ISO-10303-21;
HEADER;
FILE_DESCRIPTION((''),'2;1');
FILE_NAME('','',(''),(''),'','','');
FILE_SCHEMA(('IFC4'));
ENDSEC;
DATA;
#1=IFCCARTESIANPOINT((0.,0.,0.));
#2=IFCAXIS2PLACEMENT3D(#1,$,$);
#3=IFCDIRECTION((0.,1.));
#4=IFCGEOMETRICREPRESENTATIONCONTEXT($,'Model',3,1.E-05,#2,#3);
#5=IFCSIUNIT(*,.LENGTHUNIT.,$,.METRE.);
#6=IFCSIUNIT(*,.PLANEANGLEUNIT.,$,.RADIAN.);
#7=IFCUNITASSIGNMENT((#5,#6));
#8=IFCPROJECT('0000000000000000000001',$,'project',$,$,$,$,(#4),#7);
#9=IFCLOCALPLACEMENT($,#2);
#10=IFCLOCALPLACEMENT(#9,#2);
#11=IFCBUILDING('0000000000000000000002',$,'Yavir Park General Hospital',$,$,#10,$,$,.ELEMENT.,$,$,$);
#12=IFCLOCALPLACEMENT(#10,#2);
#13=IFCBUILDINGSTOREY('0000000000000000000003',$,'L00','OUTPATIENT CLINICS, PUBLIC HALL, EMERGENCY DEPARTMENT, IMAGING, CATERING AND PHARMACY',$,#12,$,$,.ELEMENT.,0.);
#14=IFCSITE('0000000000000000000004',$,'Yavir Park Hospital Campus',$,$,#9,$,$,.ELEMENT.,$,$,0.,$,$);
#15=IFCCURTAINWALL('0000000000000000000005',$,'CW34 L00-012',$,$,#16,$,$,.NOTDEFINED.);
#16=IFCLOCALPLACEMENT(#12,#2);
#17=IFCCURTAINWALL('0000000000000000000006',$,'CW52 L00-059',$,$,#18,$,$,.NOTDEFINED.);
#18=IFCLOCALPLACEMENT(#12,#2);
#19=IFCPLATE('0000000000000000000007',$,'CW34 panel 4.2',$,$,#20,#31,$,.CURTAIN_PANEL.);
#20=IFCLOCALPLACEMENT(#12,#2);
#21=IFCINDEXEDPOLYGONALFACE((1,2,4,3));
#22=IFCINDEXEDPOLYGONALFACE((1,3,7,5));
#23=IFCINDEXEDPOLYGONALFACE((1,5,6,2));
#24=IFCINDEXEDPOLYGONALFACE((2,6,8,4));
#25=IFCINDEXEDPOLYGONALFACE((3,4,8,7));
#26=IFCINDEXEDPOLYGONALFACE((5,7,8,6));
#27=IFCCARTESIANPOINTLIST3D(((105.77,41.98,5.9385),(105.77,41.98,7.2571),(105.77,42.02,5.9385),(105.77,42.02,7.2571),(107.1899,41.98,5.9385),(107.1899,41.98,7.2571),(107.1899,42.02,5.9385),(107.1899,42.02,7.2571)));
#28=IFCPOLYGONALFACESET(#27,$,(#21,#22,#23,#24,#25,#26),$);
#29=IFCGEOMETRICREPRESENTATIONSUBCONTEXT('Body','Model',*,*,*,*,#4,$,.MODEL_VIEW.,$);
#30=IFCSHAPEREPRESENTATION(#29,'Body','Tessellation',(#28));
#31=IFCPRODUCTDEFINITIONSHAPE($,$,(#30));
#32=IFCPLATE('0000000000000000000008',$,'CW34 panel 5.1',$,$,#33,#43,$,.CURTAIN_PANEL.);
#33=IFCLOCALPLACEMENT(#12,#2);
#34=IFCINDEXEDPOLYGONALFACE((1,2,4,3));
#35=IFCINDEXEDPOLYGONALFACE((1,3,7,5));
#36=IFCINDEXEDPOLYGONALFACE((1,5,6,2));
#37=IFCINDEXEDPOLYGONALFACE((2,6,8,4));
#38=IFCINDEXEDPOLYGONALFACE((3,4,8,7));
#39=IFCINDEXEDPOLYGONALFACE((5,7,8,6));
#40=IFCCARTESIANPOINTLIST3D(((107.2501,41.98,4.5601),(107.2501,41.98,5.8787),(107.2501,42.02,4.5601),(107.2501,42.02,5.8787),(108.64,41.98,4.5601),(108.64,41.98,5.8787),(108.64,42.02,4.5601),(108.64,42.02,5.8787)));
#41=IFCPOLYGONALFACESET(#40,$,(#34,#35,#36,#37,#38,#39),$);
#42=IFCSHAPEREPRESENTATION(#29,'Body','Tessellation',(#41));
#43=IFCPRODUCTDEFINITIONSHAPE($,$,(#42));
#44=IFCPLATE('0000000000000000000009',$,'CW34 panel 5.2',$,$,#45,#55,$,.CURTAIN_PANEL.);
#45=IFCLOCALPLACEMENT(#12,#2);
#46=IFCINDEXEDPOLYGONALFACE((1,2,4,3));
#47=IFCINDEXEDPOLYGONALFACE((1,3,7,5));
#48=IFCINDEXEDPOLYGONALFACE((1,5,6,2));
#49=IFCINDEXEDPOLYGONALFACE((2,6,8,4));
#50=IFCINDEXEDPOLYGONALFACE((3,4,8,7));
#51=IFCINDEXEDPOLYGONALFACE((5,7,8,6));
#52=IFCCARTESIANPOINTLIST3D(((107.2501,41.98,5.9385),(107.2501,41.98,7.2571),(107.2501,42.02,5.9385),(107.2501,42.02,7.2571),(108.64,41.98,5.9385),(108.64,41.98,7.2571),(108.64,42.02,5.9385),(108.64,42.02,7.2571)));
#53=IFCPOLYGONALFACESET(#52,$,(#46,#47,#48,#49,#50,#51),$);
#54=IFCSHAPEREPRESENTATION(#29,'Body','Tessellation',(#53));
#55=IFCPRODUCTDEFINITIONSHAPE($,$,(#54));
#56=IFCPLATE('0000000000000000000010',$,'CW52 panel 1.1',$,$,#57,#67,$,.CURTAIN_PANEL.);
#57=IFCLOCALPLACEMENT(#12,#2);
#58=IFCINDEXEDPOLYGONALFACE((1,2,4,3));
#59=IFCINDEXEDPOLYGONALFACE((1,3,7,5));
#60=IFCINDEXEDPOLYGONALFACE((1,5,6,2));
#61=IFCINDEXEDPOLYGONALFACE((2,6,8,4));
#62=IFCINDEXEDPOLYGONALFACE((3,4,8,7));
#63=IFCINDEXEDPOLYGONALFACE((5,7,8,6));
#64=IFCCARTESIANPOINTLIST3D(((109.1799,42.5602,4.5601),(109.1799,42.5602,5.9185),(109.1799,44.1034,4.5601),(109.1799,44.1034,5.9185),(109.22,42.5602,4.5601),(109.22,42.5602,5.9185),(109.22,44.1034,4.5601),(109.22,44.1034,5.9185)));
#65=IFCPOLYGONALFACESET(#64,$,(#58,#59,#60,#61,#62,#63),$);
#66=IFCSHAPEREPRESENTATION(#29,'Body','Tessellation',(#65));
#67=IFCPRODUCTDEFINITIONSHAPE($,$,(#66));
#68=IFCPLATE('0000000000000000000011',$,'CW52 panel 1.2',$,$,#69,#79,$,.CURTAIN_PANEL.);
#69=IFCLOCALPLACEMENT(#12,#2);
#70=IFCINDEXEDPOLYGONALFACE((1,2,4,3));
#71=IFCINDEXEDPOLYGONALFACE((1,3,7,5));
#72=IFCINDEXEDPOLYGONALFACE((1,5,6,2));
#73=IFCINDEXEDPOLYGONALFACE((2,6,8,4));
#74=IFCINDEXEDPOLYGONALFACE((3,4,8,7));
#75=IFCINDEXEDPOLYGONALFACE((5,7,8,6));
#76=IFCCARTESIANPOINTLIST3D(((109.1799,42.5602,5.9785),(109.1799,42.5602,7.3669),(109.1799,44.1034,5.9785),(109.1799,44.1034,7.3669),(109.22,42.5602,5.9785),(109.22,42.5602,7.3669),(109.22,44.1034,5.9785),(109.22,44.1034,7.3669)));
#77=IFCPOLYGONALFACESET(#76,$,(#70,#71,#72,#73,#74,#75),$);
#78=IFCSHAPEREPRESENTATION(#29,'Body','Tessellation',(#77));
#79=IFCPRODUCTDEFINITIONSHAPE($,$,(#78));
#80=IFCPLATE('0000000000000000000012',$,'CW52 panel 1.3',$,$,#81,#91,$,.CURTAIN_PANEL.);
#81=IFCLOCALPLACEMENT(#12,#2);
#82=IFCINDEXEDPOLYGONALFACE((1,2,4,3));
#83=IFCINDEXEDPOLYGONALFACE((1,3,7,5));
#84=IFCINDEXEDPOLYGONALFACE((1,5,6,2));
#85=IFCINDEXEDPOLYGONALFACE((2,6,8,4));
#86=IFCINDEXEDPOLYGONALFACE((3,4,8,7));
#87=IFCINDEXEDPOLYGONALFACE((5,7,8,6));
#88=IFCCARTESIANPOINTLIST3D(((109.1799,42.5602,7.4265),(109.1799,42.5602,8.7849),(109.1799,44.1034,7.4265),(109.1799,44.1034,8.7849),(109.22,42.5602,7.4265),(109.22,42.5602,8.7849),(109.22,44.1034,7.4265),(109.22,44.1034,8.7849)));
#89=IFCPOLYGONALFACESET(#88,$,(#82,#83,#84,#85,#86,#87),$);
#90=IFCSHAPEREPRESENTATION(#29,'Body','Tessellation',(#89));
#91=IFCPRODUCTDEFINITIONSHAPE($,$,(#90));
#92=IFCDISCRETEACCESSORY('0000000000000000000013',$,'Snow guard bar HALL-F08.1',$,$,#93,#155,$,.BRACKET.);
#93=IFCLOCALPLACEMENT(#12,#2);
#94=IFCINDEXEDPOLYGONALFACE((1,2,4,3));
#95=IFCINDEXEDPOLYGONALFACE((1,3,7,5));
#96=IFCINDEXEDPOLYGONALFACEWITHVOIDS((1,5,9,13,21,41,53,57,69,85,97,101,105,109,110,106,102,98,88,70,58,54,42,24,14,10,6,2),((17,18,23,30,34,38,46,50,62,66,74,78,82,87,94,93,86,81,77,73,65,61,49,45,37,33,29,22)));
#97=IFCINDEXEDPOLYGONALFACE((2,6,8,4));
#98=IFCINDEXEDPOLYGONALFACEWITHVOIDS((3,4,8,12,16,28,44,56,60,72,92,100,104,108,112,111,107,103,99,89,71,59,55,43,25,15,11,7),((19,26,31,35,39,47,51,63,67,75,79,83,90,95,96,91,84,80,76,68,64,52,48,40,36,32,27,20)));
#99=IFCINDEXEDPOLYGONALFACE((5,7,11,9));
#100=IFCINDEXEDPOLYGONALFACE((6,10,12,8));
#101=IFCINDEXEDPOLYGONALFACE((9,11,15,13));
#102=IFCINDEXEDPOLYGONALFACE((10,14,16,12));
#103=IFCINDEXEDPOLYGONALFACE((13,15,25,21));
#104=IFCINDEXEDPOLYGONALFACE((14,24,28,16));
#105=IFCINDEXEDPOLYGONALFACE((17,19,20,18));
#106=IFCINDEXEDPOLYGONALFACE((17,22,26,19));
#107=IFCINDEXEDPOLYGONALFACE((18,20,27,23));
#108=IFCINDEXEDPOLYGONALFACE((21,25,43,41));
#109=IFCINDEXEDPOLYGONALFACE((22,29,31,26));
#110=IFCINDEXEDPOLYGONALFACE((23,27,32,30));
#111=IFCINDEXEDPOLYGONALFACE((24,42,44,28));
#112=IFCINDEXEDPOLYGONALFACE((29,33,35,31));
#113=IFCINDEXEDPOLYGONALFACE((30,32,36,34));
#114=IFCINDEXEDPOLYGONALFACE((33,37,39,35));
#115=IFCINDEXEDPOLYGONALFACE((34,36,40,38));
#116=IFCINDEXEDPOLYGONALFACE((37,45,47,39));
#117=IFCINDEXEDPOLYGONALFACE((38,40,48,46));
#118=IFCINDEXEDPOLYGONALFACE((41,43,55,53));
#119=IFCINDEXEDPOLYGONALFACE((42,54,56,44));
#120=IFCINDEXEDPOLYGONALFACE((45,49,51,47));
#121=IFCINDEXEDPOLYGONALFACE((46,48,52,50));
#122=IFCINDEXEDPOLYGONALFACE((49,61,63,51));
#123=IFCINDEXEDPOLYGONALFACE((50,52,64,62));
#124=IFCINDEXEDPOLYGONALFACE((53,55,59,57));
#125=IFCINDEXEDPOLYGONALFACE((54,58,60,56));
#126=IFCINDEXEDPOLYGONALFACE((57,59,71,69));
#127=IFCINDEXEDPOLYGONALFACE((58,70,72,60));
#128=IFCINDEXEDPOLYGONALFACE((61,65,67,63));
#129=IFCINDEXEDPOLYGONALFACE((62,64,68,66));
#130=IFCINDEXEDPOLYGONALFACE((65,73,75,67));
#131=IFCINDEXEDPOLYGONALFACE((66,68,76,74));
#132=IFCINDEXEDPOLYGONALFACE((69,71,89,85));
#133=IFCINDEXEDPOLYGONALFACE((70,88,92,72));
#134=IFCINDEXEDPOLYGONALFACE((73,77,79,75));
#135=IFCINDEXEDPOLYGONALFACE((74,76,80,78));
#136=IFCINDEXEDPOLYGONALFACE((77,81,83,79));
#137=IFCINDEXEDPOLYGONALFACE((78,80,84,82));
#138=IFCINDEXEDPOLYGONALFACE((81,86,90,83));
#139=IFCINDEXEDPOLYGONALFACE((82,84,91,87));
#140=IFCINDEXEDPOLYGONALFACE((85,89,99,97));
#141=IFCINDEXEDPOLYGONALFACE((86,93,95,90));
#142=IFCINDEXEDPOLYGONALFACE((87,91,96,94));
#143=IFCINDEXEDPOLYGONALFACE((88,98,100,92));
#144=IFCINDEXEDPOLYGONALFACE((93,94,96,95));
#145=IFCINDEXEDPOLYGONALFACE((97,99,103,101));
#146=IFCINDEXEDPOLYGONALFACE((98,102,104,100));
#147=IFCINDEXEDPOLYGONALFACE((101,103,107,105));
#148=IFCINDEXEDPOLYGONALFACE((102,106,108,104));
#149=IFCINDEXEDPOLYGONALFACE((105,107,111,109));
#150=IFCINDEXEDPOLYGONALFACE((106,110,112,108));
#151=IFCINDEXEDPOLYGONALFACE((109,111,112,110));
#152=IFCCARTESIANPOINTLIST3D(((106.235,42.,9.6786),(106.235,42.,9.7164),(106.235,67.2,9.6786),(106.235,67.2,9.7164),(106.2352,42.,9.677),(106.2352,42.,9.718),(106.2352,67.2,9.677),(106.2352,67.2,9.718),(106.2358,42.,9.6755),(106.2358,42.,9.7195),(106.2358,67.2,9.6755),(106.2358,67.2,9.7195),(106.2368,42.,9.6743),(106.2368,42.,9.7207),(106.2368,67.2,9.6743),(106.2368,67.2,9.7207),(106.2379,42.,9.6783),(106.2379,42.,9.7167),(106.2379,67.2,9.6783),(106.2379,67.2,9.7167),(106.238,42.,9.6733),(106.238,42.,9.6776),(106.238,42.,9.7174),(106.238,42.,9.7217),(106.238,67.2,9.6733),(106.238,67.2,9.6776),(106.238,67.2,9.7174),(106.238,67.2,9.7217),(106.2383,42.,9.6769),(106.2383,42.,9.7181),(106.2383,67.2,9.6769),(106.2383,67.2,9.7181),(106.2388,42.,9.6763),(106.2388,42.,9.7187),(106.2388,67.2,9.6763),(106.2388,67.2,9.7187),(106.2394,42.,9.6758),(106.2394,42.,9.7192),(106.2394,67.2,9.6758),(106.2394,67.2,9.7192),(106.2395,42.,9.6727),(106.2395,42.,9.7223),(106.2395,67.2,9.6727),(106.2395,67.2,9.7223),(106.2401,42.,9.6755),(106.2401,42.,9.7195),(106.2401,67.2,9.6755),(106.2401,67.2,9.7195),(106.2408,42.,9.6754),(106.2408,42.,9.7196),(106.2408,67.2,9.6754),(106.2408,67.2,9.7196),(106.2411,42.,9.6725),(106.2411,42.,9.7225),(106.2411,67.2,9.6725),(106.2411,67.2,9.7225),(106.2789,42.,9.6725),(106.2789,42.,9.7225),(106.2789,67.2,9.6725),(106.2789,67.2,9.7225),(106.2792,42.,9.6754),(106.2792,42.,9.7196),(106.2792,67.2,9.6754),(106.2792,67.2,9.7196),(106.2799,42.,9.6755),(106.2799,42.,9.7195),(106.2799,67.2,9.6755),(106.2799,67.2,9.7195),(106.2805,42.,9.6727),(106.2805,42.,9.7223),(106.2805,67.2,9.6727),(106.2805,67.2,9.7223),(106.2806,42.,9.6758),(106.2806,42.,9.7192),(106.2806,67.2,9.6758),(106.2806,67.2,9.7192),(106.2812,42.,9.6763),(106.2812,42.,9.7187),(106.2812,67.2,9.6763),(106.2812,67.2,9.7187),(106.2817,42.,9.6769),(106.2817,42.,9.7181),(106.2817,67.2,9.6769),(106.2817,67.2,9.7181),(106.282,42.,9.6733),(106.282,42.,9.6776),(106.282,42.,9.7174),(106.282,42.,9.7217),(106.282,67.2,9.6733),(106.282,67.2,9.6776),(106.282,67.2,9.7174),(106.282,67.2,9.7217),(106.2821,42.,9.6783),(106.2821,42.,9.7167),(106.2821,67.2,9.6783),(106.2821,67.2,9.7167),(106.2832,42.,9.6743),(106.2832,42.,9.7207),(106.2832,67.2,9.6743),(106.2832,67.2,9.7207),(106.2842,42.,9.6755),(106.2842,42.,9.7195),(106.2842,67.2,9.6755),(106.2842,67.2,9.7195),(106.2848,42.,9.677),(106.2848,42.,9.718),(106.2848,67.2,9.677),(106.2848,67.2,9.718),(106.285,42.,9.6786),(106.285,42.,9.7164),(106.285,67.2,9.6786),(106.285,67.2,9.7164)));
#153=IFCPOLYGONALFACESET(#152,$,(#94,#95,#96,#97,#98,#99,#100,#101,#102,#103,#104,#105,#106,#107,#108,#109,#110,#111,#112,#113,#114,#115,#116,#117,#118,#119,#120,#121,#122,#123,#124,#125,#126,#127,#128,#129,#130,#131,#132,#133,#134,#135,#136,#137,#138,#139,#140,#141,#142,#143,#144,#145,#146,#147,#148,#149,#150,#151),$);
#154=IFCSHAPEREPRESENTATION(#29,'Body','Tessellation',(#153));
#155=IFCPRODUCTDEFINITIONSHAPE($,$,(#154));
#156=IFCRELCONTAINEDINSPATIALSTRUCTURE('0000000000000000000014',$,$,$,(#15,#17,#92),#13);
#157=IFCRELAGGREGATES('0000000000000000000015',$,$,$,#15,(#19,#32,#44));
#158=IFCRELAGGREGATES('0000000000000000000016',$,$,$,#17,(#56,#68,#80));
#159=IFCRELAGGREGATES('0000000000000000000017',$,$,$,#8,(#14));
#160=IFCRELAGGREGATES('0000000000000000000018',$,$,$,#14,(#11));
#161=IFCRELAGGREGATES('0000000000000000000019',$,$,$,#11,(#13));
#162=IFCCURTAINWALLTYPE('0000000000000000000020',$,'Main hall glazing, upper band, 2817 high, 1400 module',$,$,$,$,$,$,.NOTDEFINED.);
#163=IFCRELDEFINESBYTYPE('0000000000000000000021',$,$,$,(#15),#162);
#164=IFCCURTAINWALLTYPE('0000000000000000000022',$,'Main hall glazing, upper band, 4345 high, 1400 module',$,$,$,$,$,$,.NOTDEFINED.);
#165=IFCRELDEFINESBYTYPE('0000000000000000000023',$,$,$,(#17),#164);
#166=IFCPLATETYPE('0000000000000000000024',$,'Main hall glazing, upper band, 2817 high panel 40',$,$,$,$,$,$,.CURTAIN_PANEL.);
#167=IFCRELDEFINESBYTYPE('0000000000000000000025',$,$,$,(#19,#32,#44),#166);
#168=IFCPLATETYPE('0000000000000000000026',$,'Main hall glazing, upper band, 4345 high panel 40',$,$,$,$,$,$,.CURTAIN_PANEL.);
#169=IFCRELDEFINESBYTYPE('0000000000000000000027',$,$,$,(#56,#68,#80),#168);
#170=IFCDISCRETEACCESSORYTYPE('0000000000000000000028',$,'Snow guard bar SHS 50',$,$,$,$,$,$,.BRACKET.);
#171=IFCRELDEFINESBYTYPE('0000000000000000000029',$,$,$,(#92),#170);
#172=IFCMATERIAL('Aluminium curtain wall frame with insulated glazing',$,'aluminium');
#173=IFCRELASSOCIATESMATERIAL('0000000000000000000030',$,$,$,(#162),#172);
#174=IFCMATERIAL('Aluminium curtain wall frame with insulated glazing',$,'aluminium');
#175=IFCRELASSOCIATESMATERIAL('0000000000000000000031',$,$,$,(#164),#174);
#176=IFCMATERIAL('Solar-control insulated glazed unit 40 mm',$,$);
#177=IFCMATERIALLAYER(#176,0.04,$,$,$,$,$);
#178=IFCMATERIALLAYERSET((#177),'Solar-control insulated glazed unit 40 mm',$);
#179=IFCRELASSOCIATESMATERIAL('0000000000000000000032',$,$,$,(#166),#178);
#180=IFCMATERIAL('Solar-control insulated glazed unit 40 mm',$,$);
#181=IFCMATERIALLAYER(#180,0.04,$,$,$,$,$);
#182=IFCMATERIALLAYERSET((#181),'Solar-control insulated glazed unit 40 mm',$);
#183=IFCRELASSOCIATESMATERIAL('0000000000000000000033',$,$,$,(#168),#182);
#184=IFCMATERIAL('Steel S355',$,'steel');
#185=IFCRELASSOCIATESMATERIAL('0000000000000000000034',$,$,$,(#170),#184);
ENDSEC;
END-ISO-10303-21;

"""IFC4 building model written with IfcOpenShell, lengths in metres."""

from ifc_helpers import new_model, si_unit, direction, frame, origin, origin_2d, place, context, subcontext, project, spatial, rectangle, hollow_rectangle, extrude, material, layer, layer_set, material_profile, profile_set, type_object, element, aggregate, save


model = new_model("IFC4")

# Units and contexts
model_context = context("Model", 3, precision=1e-05, world=origin(), true_north=direction((0.0, 1.0)))
body_context = subcontext(model_context, "Body", "Model", "MODEL_VIEW")
ifc_project = project(units=[si_unit("LENGTHUNIT", "METRE"), si_unit("PLANEANGLEUNIT", "RADIAN")], contexts=[model_context])

# Site, building, storey
site_placement = place(None, origin())
site = spatial("IfcSite", under=ifc_project, at=site_placement, Name="Yavir Park Hospital Campus", CompositionType="ELEMENT", RefElevation=0.0)
building_placement = place(site_placement, origin())
building = spatial("IfcBuilding", under=site, at=building_placement, Name="Yavir Park General Hospital", CompositionType="ELEMENT")
storey_placement = place(building_placement, origin())
storey = spatial("IfcBuildingStorey", under=building, at=storey_placement, Name="L00", Description="OUTPATIENT CLINICS, PUBLIC HALL, EMERGENCY DEPARTMENT, IMAGING, CATERING AND PHARMACY", CompositionType="ELEMENT", Elevation=0.0)

# Curtain walls
ifc_material_1 = material(Name="Aluminium curtain wall frame with insulated glazing", Category="aluminium")
curtain_wall_type_1 = type_object("IfcCurtainWallType", Name="Main hall glazing, upper band, 2817 high, 1400 module", PredefinedType="NOTDEFINED", material=ifc_material_1)
curtain_wall_1_placement = place(storey_placement, origin())
curtain_wall_1 = element("IfcCurtainWall", 1, at=curtain_wall_1_placement, inside=storey, type_object=curtain_wall_type_1, Name="CW34 L00-012", PredefinedType="NOTDEFINED")
ifc_material_2 = material(Name="Aluminium curtain wall frame with insulated glazing", Category="aluminium")
curtain_wall_type_2 = type_object("IfcCurtainWallType", Name="Main hall glazing, upper band, 4345 high, 1400 module", PredefinedType="NOTDEFINED", material=ifc_material_2)
curtain_wall_2_placement = place(storey_placement, origin())
curtain_wall_2 = element("IfcCurtainWall", 2, at=curtain_wall_2_placement, inside=storey, type_object=curtain_wall_type_2, Name="CW52 L00-059", PredefinedType="NOTDEFINED")

# Plates
ifc_material_3 = material(Name="Solar-control insulated glazed unit 40 mm")
ifc_layer_1 = layer(ifc_material_3, 0.04)
ifc_layer_set_1 = layer_set([ifc_layer_1], Name="Solar-control insulated glazed unit 40 mm")
plate_type_1 = type_object("IfcPlateType", Name="Main hall glazing, upper band, 2817 high panel 40", PredefinedType="CURTAIN_PANEL", material=ifc_layer_set_1)
plate_1_placement = place(storey_placement, frame((106.48, 42.0, 5.9385), z_axis=(0.0, 0.0, 1.0), x_axis=(1.0, 0.0, 0.0)))
plate_1 = element("IfcPlate", 3, at=plate_1_placement, type_object=plate_type_1, Name="CW34 panel 4.2", PredefinedType="CURTAIN_PANEL", context=body_context, shape_type="SweptSolid", body=[
    extrude(rectangle(XDim=1.4199, YDim=0.04, at=origin_2d()), origin(), (0.0, 0.0, 1.0), 1.3186),
])
plate_2_placement = place(storey_placement, frame((107.9451, 42.0, 4.5601), z_axis=(0.0, 0.0, 1.0), x_axis=(1.0, 0.0, 0.0)))
plate_2 = element("IfcPlate", 4, at=plate_2_placement, type_object=plate_type_1, Name="CW34 panel 5.1", PredefinedType="CURTAIN_PANEL", context=body_context, shape_type="SweptSolid", body=[
    extrude(rectangle(XDim=1.3899, YDim=0.04, at=origin_2d()), origin(), (0.0, 0.0, 1.0), 1.3186),
])
plate_3_placement = place(storey_placement, frame((107.9451, 42.0, 5.9385), z_axis=(0.0, 0.0, 1.0), x_axis=(1.0, 0.0, 0.0)))
plate_3 = element("IfcPlate", 5, at=plate_3_placement, type_object=plate_type_1, Name="CW34 panel 5.2", PredefinedType="CURTAIN_PANEL", context=body_context, shape_type="SweptSolid", body=[
    extrude(rectangle(XDim=1.3899, YDim=0.04, at=origin_2d()), origin(), (0.0, 0.0, 1.0), 1.3186),
])
aggregate(curtain_wall_1, [plate_1, plate_2, plate_3])
ifc_material_4 = material(Name="Solar-control insulated glazed unit 40 mm")
ifc_layer_2 = layer(ifc_material_4, 0.04)
ifc_layer_set_2 = layer_set([ifc_layer_2], Name="Solar-control insulated glazed unit 40 mm")
plate_type_2 = type_object("IfcPlateType", Name="Main hall glazing, upper band, 4345 high panel 40", PredefinedType="CURTAIN_PANEL", material=ifc_layer_set_2)
plate_4_placement = place(storey_placement, frame((109.2, 43.3318, 4.5601), z_axis=(0.0, 0.0, 1.0), x_axis=(0.0, 1.0, 0.0)))
plate_4 = element("IfcPlate", 6, at=plate_4_placement, type_object=plate_type_2, Name="CW52 panel 1.1", PredefinedType="CURTAIN_PANEL", context=body_context, shape_type="SweptSolid", body=[
    extrude(rectangle(XDim=1.5432, YDim=0.04, at=origin_2d()), origin(), (0.0, 0.0, 1.0), 1.3584),
])
plate_5_placement = place(storey_placement, frame((109.2, 43.3318, 5.9785), z_axis=(0.0, 0.0, 1.0), x_axis=(0.0, 1.0, 0.0)))
plate_5 = element("IfcPlate", 7, at=plate_5_placement, type_object=plate_type_2, Name="CW52 panel 1.2", PredefinedType="CURTAIN_PANEL", context=body_context, shape_type="SweptSolid", body=[
    extrude(rectangle(XDim=1.5432, YDim=0.04, at=origin_2d()), origin(), (0.0, 0.0, 1.0), 1.3884),
])
plate_6_placement = place(storey_placement, frame((109.2, 43.3318, 7.4265), z_axis=(0.0, 0.0, 1.0), x_axis=(0.0, 1.0, 0.0)))
plate_6 = element("IfcPlate", 8, at=plate_6_placement, type_object=plate_type_2, Name="CW52 panel 1.3", PredefinedType="CURTAIN_PANEL", context=body_context, shape_type="SweptSolid", body=[
    extrude(rectangle(XDim=1.5432, YDim=0.04, at=origin_2d()), origin(), (0.0, 0.0, 1.0), 1.3584),
])
aggregate(curtain_wall_2, [plate_4, plate_5, plate_6])

# Discrete accessory
ifc_material_5 = material(Name="Steel S355", Category="steel")
ifc_material_profile_1 = material_profile(ifc_material_5, hollow_rectangle(XDim=0.05, YDim=0.05, WallThickness=0.0029, InnerFilletRadius=0.0029, OuterFilletRadius=0.0061, at=origin_2d()), Name="RHS50x50x3")
ifc_profile_set_1 = profile_set([ifc_material_profile_1], Name="Steel S355")
discrete_accessory_type = type_object("IfcDiscreteAccessoryType", Name="Snow guard bar SHS 50", PredefinedType="BRACKET", material=ifc_profile_set_1)
for number, where, z_axis, x_axis, name in (
    (9, (106.26, 42.0, 9.6975), (0.0, 1.0, 0.0), (-1.0, 0.0, 0.0), "Snow guard bar HALL-F08.1"),
):
    element("IfcDiscreteAccessory", number, at=place(storey_placement, frame(where, z_axis=z_axis, x_axis=x_axis)), inside=storey, type_object=discrete_accessory_type, Name=name, PredefinedType="BRACKET", context=body_context, shape_type="SweptSolid", body=[
        extrude(hollow_rectangle(XDim=0.05, YDim=0.05, WallThickness=0.0029, InnerFilletRadius=0.0029, OuterFilletRadius=0.0061, at=origin_2d()), origin(), (0.0, 0.0, 1.0), 25.2),
    ])

save(model, "model.ifc")
